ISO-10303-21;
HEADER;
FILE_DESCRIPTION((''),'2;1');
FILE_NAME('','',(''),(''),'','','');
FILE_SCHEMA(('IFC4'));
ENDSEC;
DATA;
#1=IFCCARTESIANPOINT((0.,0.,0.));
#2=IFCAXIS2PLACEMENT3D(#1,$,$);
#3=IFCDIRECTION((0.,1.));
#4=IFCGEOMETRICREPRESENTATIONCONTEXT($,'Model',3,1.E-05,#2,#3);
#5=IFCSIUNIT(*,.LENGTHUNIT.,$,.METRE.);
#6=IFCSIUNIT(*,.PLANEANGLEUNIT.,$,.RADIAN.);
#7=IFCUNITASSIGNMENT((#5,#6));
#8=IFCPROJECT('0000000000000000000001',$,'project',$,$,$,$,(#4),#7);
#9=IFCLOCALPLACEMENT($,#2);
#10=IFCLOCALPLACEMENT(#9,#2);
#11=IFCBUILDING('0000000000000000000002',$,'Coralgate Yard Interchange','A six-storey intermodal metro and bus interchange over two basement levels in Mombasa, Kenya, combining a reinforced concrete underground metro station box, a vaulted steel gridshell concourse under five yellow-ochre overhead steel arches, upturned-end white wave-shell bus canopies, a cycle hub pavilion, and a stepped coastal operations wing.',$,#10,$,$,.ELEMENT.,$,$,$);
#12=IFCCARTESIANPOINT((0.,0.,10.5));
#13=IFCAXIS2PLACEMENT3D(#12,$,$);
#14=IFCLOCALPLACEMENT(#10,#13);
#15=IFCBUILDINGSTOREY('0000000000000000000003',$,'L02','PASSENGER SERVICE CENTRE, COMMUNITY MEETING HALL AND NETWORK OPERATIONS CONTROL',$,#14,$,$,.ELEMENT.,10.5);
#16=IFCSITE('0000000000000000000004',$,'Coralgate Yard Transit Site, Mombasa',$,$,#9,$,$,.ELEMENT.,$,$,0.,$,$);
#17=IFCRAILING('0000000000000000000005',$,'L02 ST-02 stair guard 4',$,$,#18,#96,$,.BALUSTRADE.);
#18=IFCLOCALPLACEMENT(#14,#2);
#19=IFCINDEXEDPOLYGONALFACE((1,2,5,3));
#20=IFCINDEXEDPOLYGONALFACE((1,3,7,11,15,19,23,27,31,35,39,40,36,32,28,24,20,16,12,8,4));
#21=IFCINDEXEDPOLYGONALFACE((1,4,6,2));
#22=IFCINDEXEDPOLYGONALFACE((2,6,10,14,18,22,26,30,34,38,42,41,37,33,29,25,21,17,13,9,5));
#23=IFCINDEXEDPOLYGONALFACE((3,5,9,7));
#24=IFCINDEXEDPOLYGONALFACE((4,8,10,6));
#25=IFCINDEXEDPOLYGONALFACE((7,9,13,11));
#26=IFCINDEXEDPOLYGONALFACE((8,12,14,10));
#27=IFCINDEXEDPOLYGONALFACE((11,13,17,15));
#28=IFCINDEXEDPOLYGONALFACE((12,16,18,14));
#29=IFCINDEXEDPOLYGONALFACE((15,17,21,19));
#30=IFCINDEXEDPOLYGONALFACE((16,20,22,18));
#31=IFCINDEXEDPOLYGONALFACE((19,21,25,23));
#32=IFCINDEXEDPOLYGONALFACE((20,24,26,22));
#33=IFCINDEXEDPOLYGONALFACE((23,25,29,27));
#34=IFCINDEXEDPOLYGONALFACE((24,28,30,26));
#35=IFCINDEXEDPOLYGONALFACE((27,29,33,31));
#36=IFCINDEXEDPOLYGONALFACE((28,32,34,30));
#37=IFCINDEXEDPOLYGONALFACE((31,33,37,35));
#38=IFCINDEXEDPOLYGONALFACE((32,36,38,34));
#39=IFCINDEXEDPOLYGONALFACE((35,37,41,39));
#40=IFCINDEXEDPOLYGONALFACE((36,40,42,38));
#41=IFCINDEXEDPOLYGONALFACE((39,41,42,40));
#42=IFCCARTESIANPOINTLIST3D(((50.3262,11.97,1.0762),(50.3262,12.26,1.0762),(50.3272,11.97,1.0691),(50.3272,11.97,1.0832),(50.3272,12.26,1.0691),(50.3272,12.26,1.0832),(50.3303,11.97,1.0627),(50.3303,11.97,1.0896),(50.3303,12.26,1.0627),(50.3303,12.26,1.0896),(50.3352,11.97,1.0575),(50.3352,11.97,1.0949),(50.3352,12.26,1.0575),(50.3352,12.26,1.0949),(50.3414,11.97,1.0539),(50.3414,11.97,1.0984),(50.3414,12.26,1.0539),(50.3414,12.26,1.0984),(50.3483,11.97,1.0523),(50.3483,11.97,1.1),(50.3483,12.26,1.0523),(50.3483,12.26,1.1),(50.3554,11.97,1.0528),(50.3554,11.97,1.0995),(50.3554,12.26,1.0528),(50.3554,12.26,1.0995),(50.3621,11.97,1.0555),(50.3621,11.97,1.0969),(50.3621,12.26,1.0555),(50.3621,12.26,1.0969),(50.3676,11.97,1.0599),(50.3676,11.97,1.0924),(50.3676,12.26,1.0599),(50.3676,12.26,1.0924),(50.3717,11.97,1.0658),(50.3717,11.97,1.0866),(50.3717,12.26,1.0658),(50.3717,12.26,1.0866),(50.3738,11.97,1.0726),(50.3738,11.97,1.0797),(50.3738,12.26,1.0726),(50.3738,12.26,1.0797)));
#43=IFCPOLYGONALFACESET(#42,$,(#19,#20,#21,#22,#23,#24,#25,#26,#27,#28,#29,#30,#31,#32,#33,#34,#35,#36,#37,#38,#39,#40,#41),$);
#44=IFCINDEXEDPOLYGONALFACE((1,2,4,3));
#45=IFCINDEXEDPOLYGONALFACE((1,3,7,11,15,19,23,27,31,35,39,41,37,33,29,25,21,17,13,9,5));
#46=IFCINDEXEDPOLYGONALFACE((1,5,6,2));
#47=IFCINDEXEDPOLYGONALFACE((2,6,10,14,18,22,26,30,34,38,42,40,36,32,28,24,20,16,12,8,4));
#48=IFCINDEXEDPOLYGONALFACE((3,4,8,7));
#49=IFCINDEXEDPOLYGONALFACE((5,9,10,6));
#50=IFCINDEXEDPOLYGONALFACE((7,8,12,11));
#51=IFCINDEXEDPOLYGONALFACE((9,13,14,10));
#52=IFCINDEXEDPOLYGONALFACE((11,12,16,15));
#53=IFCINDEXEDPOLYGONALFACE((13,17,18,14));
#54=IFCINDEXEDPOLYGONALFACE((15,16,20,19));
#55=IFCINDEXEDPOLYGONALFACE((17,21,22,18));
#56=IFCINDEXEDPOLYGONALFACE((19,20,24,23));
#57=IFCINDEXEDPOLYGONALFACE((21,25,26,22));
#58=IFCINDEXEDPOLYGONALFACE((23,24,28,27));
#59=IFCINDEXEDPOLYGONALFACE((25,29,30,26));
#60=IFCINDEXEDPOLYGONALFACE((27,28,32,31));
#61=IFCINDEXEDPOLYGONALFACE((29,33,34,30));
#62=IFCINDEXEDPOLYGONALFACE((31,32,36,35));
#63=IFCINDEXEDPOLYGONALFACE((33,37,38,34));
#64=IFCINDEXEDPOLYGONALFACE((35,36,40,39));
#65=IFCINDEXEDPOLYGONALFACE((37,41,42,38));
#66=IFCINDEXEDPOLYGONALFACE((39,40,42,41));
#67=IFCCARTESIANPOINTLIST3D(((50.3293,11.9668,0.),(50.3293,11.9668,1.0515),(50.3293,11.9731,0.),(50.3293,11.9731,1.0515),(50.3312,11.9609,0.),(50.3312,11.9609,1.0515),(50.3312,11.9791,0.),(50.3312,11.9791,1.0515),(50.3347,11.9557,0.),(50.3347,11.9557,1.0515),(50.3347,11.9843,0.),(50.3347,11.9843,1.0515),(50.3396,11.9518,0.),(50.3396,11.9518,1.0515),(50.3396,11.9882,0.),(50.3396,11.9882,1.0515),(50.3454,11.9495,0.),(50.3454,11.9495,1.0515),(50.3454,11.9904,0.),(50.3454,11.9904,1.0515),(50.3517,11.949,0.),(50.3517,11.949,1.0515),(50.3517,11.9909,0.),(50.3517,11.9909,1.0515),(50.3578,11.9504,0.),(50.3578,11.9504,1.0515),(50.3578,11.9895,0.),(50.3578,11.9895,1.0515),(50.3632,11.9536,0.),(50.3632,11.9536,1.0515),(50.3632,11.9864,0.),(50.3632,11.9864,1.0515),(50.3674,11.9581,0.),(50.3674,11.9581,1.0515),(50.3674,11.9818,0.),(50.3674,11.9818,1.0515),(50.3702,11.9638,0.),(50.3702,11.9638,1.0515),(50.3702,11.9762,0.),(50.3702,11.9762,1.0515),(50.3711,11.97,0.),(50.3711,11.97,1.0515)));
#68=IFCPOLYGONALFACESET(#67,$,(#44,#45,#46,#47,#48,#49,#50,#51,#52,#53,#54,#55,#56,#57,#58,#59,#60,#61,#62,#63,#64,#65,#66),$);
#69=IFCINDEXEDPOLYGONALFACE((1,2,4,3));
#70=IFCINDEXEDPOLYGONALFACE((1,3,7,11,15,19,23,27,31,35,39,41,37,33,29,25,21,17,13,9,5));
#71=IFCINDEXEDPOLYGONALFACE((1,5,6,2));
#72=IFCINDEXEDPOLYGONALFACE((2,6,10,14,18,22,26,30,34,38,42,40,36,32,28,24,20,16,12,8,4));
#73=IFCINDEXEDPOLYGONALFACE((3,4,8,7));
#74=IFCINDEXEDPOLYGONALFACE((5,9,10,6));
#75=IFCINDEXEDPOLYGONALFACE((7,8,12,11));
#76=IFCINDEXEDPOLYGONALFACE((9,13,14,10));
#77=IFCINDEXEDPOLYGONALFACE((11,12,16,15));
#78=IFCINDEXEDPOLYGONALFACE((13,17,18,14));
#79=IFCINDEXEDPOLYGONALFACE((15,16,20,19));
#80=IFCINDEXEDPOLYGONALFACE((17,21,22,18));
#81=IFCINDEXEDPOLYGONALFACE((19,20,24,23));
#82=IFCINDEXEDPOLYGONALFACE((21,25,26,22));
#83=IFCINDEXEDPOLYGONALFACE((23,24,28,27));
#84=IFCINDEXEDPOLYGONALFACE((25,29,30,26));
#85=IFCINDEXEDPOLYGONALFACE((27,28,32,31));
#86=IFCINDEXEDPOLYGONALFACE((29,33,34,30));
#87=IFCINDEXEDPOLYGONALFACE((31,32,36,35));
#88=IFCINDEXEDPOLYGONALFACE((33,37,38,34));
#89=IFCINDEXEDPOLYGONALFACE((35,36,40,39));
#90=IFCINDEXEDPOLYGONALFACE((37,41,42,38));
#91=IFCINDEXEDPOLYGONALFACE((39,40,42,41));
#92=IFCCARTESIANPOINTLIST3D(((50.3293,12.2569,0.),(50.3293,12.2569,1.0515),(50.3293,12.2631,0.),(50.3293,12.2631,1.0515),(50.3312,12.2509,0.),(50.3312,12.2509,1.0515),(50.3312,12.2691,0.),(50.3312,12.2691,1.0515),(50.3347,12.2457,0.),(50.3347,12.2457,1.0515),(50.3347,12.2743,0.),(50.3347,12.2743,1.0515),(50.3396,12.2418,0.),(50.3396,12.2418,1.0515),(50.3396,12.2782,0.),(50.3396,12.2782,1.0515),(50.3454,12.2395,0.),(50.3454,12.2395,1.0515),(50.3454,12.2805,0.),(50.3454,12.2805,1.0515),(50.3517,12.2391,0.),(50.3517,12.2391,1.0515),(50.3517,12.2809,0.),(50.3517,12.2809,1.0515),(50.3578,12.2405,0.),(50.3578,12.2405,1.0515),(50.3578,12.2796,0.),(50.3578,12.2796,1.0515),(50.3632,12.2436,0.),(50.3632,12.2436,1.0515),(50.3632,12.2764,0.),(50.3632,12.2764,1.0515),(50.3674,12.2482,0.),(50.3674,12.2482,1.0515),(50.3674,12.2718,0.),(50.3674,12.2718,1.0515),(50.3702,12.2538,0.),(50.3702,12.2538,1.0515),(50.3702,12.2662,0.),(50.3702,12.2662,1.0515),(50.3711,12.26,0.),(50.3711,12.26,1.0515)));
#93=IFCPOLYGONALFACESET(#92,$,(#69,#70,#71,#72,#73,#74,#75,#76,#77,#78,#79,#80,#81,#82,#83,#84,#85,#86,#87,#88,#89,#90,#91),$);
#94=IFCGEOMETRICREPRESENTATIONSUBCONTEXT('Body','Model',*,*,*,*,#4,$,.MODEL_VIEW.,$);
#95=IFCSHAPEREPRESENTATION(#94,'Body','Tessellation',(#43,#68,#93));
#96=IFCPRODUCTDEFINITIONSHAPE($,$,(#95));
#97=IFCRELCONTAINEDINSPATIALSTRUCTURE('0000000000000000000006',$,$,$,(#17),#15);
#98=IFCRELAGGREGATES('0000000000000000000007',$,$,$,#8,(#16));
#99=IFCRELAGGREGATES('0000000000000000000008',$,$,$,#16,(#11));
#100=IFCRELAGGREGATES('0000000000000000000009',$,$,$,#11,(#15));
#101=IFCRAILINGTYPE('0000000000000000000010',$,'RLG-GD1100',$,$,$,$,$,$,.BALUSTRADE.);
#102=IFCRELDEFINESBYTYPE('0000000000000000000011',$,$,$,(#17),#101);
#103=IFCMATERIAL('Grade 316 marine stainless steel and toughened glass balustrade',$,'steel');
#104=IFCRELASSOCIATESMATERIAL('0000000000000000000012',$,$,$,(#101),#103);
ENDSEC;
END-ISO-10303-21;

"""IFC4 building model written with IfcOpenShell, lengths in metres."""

from ifc_helpers import new_model, si_unit, direction, frame, origin, origin_2d, place, context, subcontext, project, spatial, circle, extrude, material, type_object, element, save


model = new_model("IFC4")

# Units and contexts
model_context = context("Model", 3, precision=1e-05, world=origin(), true_north=direction((0.0, 1.0)))
body_context = subcontext(model_context, "Body", "Model", "MODEL_VIEW")
ifc_project = project(units=[si_unit("LENGTHUNIT", "METRE"), si_unit("PLANEANGLEUNIT", "RADIAN")], contexts=[model_context])

# Site, building, storey
site_placement = place(None, origin())
site = spatial("IfcSite", under=ifc_project, at=site_placement, Name="Coralgate Yard Transit Site, Mombasa", CompositionType="ELEMENT", RefElevation=0.0)
building_placement = place(site_placement, origin())
building = spatial("IfcBuilding", under=site, at=building_placement, Name="Coralgate Yard Interchange", Description="A six-storey intermodal metro and bus interchange over two basement levels in Mombasa, Kenya, combining a reinforced concrete underground metro station box, a vaulted steel gridshell concourse under five yellow-ochre overhead steel arches, upturned-end white wave-shell bus canopies, a cycle hub pavilion, and a stepped coastal operations wing.", CompositionType="ELEMENT")
storey_placement = place(building_placement, frame((0.0, 0.0, 10.5)))
storey = spatial("IfcBuildingStorey", under=building, at=storey_placement, Name="L02", Description="PASSENGER SERVICE CENTRE, COMMUNITY MEETING HALL AND NETWORK OPERATIONS CONTROL", CompositionType="ELEMENT", Elevation=10.5)

# Railing
ifc_material_1 = material(Name="Grade 316 marine stainless steel and toughened glass balustrade", Category="steel")
railing_type_1 = type_object("IfcRailingType", Name="RLG-GD1100", PredefinedType="BALUSTRADE", material=ifc_material_1)
railing_1_placement = place(storey_placement, frame((50.3501, 11.97, 0.0)))
element("IfcRailing", 1, at=railing_1_placement, inside=storey, type_object=railing_type_1, Name="L02 ST-02 stair guard 4", PredefinedType="BALUSTRADE", context=body_context, shape_type="SweptSolid", body=[
    extrude(circle(Radius=0.0239, at=origin_2d()), frame((0.0, 0.0, 1.0762), z_axis=(0.0, 1.0, 0.0), x_axis=(-1.0, 0.0, 0.0)), (0.0, 0.0, 1.0), 0.29),
    extrude(circle(Radius=0.021, at=origin_2d()), origin(), (0.0, 0.0, 1.0), 1.0515),
    extrude(circle(Radius=0.021, at=origin_2d()), frame((0.0, 0.29, 0.0)), (0.0, 0.0, 1.0), 1.0515),
])

save(model, "model.ifc")
